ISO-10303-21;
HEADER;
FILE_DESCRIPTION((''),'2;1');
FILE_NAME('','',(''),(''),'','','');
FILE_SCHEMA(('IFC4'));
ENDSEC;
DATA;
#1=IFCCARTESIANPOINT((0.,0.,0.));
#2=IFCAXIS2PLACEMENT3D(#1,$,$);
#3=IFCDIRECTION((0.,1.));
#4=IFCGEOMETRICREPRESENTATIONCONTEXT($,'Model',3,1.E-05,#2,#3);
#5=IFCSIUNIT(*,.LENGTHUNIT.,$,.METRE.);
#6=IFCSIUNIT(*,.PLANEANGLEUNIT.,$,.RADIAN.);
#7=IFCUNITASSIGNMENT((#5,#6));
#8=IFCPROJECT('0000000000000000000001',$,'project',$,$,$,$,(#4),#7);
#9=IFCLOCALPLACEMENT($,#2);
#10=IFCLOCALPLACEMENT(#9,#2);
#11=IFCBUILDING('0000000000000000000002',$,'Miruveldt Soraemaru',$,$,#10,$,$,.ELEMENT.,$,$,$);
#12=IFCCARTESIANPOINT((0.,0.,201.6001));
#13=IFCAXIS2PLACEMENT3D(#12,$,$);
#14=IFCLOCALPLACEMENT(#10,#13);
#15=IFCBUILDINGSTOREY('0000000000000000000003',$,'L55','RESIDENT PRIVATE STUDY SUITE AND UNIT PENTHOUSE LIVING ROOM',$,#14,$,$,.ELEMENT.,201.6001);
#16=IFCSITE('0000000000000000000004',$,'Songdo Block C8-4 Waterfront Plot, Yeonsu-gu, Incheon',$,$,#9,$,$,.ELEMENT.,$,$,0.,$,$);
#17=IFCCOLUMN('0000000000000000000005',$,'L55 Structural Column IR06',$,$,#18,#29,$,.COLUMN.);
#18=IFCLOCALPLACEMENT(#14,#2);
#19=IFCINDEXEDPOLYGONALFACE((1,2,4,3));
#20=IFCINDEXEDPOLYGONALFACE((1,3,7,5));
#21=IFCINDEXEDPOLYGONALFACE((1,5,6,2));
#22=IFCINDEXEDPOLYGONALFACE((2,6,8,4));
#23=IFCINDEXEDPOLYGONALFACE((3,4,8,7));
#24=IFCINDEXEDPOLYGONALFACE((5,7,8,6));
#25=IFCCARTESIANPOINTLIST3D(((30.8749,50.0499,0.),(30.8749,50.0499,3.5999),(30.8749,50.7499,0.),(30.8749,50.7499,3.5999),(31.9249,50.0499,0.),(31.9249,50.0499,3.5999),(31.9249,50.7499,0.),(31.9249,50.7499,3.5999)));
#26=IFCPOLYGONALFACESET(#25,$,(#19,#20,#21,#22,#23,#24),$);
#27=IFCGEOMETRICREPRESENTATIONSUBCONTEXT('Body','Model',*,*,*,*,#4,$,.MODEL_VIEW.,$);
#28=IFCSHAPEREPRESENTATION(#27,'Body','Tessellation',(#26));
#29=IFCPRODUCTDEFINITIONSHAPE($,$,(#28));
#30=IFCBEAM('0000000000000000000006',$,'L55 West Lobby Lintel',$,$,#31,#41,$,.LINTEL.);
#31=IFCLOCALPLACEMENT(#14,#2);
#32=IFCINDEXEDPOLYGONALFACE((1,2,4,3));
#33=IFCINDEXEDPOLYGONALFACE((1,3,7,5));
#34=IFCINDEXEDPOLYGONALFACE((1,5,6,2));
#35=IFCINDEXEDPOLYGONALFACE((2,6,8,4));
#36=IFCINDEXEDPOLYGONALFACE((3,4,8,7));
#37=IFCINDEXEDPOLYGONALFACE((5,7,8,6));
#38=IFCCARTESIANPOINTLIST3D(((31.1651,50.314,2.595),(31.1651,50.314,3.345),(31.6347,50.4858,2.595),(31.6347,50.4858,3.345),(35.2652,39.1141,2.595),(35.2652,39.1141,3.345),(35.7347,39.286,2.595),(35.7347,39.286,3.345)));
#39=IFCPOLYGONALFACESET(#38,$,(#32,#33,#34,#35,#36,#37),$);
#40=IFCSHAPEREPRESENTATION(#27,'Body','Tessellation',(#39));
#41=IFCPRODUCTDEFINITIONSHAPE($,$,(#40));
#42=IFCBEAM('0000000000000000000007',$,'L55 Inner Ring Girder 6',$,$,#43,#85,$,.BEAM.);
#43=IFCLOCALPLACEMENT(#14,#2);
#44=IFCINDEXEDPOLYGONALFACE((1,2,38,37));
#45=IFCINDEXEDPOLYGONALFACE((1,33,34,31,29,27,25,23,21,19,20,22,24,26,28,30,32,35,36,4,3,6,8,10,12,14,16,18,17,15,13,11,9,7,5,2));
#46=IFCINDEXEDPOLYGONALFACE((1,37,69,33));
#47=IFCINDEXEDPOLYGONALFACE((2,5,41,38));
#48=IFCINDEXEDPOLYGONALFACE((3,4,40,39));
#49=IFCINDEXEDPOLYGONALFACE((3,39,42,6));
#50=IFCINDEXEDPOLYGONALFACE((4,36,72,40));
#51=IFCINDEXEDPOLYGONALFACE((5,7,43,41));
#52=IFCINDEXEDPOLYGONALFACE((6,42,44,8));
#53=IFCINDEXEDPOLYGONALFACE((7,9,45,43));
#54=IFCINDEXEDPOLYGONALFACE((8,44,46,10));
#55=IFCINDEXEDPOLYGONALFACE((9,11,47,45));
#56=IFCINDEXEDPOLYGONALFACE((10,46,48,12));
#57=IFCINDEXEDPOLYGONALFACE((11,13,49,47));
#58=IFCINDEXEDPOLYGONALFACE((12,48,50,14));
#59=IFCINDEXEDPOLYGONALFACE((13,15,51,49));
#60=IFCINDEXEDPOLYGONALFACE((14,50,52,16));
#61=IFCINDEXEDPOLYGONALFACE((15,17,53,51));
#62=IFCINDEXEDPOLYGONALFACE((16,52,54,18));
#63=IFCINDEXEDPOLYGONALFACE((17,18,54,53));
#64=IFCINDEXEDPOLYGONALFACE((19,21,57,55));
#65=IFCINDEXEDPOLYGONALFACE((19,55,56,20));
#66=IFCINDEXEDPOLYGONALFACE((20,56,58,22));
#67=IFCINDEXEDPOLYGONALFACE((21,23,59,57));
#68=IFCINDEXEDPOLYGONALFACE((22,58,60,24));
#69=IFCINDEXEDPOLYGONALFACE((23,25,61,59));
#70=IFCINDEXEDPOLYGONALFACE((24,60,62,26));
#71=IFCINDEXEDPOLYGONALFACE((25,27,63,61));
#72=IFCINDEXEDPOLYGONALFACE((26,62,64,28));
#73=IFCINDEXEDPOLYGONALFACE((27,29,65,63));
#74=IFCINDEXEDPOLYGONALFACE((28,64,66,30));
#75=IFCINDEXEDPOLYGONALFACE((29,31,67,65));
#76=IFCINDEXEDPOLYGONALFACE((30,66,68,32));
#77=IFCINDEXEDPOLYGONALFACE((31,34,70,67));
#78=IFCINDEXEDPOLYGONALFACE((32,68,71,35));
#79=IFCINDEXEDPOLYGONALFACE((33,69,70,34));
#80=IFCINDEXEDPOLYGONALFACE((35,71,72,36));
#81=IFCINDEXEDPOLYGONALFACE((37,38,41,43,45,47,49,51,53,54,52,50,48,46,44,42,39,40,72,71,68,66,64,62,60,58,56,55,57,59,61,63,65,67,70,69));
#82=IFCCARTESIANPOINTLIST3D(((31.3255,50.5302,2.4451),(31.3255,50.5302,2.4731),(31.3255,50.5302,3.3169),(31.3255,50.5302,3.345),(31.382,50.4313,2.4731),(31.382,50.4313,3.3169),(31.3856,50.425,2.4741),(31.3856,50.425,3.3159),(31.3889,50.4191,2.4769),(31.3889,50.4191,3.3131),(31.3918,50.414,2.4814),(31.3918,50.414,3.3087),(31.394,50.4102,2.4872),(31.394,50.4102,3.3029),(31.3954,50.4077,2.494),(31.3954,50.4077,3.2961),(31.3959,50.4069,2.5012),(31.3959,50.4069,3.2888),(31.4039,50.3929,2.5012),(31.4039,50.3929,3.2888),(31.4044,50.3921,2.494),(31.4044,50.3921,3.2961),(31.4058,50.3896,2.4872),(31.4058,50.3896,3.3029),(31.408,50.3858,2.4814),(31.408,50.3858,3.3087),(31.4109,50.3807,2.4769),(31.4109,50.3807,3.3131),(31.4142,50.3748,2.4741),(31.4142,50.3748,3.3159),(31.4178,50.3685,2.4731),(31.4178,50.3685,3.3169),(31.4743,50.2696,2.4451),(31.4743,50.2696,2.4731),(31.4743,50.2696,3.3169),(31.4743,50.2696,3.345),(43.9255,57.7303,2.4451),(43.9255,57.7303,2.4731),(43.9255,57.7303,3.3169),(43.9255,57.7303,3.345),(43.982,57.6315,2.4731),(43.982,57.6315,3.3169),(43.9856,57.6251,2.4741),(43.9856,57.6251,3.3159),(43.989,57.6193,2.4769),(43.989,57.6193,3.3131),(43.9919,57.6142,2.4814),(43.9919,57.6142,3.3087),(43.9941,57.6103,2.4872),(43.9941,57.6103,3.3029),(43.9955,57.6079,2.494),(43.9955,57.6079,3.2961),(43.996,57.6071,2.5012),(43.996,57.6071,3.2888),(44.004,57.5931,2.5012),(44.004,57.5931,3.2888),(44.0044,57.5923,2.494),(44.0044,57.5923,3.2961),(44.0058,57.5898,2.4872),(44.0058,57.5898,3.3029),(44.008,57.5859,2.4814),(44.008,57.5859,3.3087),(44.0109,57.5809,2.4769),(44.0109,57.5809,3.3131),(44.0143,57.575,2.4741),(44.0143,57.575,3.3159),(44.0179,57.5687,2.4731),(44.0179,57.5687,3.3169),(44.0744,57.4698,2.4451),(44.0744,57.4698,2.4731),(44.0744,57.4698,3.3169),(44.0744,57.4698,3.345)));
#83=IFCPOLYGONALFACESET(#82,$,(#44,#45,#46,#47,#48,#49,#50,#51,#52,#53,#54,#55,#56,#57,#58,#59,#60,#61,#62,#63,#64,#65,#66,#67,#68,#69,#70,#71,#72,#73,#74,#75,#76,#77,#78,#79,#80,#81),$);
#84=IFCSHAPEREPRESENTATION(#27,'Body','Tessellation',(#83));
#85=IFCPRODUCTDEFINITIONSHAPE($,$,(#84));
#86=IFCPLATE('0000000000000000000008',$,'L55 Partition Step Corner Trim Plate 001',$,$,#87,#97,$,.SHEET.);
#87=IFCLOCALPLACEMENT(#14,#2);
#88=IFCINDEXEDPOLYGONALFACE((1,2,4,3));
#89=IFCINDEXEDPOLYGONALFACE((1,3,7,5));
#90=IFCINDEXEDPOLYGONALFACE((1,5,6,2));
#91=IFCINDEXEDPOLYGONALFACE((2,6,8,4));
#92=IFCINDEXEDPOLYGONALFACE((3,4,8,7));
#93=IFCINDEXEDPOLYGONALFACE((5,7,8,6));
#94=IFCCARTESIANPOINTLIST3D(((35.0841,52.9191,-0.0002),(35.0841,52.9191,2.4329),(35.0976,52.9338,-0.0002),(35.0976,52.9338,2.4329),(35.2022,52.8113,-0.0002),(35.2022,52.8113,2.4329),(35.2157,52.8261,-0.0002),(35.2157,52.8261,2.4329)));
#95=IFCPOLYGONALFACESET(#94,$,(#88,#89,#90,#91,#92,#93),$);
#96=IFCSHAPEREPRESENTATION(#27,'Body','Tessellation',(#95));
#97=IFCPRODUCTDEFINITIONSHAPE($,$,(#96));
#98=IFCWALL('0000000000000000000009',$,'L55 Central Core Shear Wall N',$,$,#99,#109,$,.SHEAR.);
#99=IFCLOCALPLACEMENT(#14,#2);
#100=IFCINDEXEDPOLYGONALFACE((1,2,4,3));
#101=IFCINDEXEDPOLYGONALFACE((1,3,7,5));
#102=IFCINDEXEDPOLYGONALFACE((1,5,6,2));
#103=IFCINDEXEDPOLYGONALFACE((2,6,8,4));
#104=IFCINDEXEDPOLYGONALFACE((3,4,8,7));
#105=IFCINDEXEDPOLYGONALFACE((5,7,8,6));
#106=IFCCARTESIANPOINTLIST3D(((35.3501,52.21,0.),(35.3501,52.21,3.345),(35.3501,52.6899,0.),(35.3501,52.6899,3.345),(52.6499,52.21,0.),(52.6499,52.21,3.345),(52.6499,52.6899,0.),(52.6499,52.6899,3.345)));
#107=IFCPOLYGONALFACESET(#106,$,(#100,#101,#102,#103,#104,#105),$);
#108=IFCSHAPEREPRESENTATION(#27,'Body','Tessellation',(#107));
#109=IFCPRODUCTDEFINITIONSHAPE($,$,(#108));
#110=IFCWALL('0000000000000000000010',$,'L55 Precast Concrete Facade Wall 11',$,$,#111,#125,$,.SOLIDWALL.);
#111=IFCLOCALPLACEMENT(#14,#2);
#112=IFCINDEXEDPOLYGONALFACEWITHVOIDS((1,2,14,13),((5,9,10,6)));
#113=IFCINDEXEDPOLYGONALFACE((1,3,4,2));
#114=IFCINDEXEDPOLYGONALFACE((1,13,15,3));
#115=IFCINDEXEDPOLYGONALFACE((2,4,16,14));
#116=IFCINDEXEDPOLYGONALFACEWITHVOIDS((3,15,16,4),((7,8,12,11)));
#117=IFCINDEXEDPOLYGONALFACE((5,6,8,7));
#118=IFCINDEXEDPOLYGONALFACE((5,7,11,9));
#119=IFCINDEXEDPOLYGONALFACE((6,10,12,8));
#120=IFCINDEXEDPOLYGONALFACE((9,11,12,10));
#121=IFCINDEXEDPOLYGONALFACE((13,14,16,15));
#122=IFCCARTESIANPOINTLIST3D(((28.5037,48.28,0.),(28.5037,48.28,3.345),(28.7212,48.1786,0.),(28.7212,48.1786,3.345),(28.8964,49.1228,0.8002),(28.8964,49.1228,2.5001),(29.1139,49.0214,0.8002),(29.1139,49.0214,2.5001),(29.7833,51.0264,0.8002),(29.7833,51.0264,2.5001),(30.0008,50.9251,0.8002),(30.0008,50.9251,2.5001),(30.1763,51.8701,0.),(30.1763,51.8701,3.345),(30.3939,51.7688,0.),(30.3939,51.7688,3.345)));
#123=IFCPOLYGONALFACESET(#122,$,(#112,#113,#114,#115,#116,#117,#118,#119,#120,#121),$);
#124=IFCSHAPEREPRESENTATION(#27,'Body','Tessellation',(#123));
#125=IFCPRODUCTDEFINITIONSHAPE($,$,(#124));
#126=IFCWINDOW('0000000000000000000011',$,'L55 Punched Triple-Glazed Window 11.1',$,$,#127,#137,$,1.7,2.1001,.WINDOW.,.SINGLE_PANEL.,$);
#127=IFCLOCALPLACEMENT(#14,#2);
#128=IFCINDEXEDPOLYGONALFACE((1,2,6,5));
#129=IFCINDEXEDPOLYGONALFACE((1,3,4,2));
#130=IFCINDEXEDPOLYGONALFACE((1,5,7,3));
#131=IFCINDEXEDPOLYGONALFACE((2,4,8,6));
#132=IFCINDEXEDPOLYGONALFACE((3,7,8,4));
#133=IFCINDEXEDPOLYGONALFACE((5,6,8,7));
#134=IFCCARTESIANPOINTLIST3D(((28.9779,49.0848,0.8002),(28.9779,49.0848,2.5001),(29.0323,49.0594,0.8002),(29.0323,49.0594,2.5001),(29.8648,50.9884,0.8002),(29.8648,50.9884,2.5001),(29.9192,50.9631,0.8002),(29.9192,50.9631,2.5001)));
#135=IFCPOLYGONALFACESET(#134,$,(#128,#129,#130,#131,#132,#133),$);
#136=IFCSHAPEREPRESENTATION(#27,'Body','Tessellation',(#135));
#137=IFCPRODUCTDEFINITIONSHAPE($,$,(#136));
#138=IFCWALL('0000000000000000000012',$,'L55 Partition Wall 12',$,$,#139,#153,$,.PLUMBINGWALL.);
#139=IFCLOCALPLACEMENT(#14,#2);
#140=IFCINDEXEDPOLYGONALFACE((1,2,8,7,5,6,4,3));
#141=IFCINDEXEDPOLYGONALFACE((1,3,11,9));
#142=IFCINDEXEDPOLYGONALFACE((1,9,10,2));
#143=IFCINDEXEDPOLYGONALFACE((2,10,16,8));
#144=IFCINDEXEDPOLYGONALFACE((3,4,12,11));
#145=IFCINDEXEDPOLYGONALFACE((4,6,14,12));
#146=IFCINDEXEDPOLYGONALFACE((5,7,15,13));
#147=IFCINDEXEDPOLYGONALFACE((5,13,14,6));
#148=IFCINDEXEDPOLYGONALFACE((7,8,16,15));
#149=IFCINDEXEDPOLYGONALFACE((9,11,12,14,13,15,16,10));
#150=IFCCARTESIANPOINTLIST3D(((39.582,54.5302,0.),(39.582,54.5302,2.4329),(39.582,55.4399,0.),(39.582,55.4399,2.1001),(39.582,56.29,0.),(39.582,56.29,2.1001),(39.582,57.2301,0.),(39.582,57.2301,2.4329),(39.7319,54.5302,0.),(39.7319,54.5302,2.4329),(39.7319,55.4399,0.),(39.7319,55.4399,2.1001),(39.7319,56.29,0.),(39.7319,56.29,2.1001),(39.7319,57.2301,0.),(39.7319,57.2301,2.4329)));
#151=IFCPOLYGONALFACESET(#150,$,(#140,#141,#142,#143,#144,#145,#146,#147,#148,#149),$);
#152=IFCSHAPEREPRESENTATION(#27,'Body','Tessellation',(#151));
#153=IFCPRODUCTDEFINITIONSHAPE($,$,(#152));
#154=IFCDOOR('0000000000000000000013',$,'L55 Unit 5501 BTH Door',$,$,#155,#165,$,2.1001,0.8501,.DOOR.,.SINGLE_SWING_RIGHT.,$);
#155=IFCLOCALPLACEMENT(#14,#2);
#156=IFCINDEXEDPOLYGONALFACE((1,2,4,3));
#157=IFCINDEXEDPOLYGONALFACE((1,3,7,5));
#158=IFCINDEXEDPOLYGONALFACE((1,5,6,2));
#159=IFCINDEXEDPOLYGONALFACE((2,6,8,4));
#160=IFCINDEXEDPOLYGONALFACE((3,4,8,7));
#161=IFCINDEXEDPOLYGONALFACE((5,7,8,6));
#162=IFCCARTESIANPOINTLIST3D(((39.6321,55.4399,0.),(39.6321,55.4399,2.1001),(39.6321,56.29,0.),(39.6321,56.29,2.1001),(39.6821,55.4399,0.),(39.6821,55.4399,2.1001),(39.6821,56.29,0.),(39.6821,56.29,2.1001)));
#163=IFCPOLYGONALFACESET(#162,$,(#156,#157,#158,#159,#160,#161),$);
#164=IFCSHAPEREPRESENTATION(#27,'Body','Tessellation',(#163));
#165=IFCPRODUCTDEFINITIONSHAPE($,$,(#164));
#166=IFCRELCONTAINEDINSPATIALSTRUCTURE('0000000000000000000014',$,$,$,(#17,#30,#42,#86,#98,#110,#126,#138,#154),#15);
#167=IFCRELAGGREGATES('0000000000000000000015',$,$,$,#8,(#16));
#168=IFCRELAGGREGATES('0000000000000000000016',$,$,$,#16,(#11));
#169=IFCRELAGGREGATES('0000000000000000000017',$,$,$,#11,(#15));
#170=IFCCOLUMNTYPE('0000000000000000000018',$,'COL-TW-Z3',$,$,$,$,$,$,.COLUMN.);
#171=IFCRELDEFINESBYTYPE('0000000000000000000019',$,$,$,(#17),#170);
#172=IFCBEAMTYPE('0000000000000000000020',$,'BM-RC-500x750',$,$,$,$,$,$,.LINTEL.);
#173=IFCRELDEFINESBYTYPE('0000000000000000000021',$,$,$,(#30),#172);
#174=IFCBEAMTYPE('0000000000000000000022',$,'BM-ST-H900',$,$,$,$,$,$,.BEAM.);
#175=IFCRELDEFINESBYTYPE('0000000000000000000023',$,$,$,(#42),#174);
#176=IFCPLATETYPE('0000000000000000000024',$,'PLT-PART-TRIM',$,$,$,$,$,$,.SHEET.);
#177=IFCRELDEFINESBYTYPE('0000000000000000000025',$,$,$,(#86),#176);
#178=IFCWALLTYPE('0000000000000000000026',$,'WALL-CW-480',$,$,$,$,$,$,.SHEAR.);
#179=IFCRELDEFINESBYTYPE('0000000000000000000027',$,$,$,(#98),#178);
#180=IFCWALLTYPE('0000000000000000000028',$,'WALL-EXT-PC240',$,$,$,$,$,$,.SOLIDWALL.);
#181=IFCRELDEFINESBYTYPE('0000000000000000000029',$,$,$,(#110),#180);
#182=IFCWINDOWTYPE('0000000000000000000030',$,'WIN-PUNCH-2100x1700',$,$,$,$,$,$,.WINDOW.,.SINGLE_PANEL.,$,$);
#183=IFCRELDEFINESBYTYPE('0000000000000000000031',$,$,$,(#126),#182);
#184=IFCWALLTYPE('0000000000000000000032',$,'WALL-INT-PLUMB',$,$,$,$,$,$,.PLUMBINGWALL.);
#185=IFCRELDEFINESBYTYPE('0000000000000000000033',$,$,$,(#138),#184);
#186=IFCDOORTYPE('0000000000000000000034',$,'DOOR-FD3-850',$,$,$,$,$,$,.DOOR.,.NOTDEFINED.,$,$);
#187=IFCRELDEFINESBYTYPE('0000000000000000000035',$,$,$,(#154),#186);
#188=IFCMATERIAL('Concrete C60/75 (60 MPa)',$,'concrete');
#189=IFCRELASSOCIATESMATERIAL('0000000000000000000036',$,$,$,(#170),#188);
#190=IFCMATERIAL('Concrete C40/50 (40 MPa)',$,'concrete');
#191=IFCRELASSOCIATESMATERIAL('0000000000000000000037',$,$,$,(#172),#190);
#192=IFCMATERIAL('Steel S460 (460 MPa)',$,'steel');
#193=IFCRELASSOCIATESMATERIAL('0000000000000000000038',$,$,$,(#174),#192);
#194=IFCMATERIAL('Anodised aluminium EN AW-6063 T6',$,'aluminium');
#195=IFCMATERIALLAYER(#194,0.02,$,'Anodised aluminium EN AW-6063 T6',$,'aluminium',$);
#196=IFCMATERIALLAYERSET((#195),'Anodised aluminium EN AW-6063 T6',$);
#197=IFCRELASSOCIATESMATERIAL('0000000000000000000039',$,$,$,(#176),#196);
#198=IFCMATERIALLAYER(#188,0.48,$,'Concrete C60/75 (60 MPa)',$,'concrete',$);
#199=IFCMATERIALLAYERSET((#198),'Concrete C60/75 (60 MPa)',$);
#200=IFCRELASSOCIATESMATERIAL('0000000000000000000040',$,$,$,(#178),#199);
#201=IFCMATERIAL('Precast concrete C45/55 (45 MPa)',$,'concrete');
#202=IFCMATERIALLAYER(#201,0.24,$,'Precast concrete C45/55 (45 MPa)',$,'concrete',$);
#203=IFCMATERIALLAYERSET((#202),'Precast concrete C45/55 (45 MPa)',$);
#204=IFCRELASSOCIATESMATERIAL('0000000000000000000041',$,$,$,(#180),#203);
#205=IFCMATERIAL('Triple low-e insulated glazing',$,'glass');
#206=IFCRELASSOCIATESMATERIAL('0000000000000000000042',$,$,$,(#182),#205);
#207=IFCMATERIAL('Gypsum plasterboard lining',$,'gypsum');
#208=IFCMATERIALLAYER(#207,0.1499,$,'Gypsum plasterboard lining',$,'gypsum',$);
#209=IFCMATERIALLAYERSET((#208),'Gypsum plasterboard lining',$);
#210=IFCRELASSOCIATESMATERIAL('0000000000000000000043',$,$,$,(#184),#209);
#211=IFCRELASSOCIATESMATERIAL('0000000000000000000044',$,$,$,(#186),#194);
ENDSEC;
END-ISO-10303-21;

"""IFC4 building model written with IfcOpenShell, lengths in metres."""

from ifc_helpers import new_model, si_unit, direction, frame, frame_2d, origin, origin_2d, place, context, subcontext, project, spatial, rectangle, i_section, extrude, material, layer, layer_set, material_profile, profile_set, type_object, element, fill, save


model = new_model("IFC4")

# Units and contexts
model_context = context("Model", 3, precision=1e-05, world=origin(), true_north=direction((0.0, 1.0)))
body_context = subcontext(model_context, "Body", "Model", "MODEL_VIEW")
ifc_project = project(units=[si_unit("LENGTHUNIT", "METRE"), si_unit("PLANEANGLEUNIT", "RADIAN")], contexts=[model_context])

# Site, building, storey
site_placement = place(None, origin())
site = spatial("IfcSite", under=ifc_project, at=site_placement, Name="Songdo Block C8-4 Waterfront Plot, Yeonsu-gu, Incheon", CompositionType="ELEMENT", RefElevation=0.0)
building_placement = place(site_placement, origin())
building = spatial("IfcBuilding", under=site, at=building_placement, Name="Miruveldt Soraemaru", CompositionType="ELEMENT")
storey_placement = place(building_placement, frame((0.0, 0.0, 201.6001)))
storey = spatial("IfcBuildingStorey", under=building, at=storey_placement, Name="L55", Description="RESIDENT PRIVATE STUDY SUITE AND UNIT PENTHOUSE LIVING ROOM", CompositionType="ELEMENT", Elevation=201.6001)

# Column
ifc_material_1 = material(Name="Concrete C60/75 (60 MPa)", Category="concrete")
ifc_material_profile_1 = material_profile(ifc_material_1, rectangle(XDim=1.05, YDim=0.7, at=origin_2d()), Name="Concrete C60/75 (60 MPa)", Category="concrete")
ifc_profile_set_1 = profile_set([ifc_material_profile_1], Name="Concrete C60/75 (60 MPa)")
column_type = type_object("IfcColumnType", Name="COL-TW-Z3", PredefinedType="COLUMN", material=ifc_profile_set_1)
column_placement = place(storey_placement, frame((31.3999, 50.3999, 0.0), z_axis=(0.0, 0.0, 1.0), x_axis=(1.0, 0.0, 0.0)))
element("IfcColumn", 1, at=column_placement, inside=storey, type_object=column_type, Name="L55 Structural Column IR06", PredefinedType="COLUMN", context=body_context, shape_type="SweptSolid", body=[
    extrude(rectangle(XDim=1.05, YDim=0.7, at=origin_2d()), origin(), (0.0, 0.0, 1.0), 3.5999),
])

# Beams
ifc_material_2 = material(Name="Concrete C40/50 (40 MPa)", Category="concrete")
ifc_material_profile_2 = material_profile(ifc_material_2, rectangle(XDim=0.5, YDim=0.75, at=origin_2d()), Name="Concrete C40/50 (40 MPa)", Category="concrete")
ifc_profile_set_2 = profile_set([ifc_material_profile_2], Name="Concrete C40/50 (40 MPa)")
beam_type_1 = type_object("IfcBeamType", Name="BM-RC-500x750", PredefinedType="LINTEL", material=ifc_profile_set_2)
beam_1_placement = place(storey_placement, frame((31.3999, 50.3999, 2.97), z_axis=(0.34377, -0.939054, 0.0), x_axis=(0.939054, 0.34377, 0.0)))
element("IfcBeam", 2, at=beam_1_placement, inside=storey, type_object=beam_type_1, Name="L55 West Lobby Lintel", PredefinedType="LINTEL", context=body_context, shape_type="SweptSolid", body=[
    extrude(rectangle(XDim=0.5, YDim=0.75, at=origin_2d()), origin(), (0.0, 0.0, 1.0), 11.9268),
])
ifc_material_3 = material(Name="Steel S460 (460 MPa)", Category="steel")
ifc_material_profile_3 = material_profile(ifc_material_3, i_section(OverallWidth=0.3, OverallDepth=0.8999, WebThickness=0.0161, FlangeThickness=0.0281, FilletRadius=0.0281, at=origin_2d()), Name="Steel S460 (460 MPa)", Category="steel")
ifc_profile_set_3 = profile_set([ifc_material_profile_3], Name="Steel S460 (460 MPa)")
beam_type_2 = type_object("IfcBeamType", Name="BM-ST-H900", PredefinedType="BEAM", material=ifc_profile_set_3)
beam_2_placement = place(storey_placement, frame((31.3999, 50.3999, 2.895), z_axis=(0.868239, 0.496146, 0.0), x_axis=(-0.496146, 0.868239, 0.0)))
element("IfcBeam", 3, at=beam_2_placement, inside=storey, type_object=beam_type_2, Name="L55 Inner Ring Girder 6", PredefinedType="BEAM", context=body_context, shape_type="SweptSolid", body=[
    extrude(i_section(OverallWidth=0.3, OverallDepth=0.8999, WebThickness=0.0161, FlangeThickness=0.0281, FilletRadius=0.0281, at=origin_2d()), origin(), (0.0, 0.0, 1.0), 14.5122),
])

# Plate
ifc_material_4 = material(Name="Anodised aluminium EN AW-6063 T6", Category="aluminium")
ifc_layer_1 = layer(ifc_material_4, 0.02, Name="Anodised aluminium EN AW-6063 T6", Category="aluminium")
ifc_layer_set_1 = layer_set([ifc_layer_1], Name="Anodised aluminium EN AW-6063 T6")
plate_type = type_object("IfcPlateType", Name="PLT-PART-TRIM", PredefinedType="SHEET", material=ifc_layer_set_1)
plate_placement = place(storey_placement, frame((35.1499, 52.8726, -0.0002), z_axis=(0.0, 0.0, 1.0), x_axis=(0.738691, -0.674045, 0.0)))
element("IfcPlate", 4, at=plate_placement, inside=storey, type_object=plate_type, Name="L55 Partition Step Corner Trim Plate 001", PredefinedType="SHEET", context=body_context, shape_type="SweptSolid", body=[
    extrude(rectangle(XDim=0.1599, YDim=0.02, at=origin_2d()), origin(), (0.0, 0.0, 1.0), 2.4331),
])

# Wall
ifc_layer_2 = layer(ifc_material_1, 0.48, Name="Concrete C60/75 (60 MPa)", Category="concrete")
ifc_layer_set_2 = layer_set([ifc_layer_2], Name="Concrete C60/75 (60 MPa)")
wall_type_1 = type_object("IfcWallType", Name="WALL-CW-480", PredefinedType="SHEAR", material=ifc_layer_set_2)
wall_1_placement = place(storey_placement, frame((35.3501, 52.45, 0.0), z_axis=(0.0, 0.0, 1.0), x_axis=(1.0, 0.0, 0.0)))
element("IfcWall", 5, at=wall_1_placement, inside=storey, type_object=wall_type_1, Name="L55 Central Core Shear Wall N", PredefinedType="SHEAR", context=body_context, shape_type="SweptSolid", body=[
    extrude(rectangle(XDim=17.2998, YDim=0.48, at=frame_2d((8.6499, 0.0))), origin(), (0.0, 0.0, 1.0), 3.345),
])

# Wall, opening, window
ifc_material_5 = material(Name="Precast concrete C45/55 (45 MPa)", Category="concrete")
ifc_layer_3 = layer(ifc_material_5, 0.24, Name="Precast concrete C45/55 (45 MPa)", Category="concrete")
ifc_layer_set_3 = layer_set([ifc_layer_3], Name="Precast concrete C45/55 (45 MPa)")
wall_type_2 = type_object("IfcWallType", Name="WALL-EXT-PC240", PredefinedType="SOLIDWALL", material=ifc_layer_set_3)
wall_2_placement = place(storey_placement, frame((30.2852, 51.8196, 0.0), z_axis=(0.0, 0.0, 1.0), x_axis=(-0.422312, -0.906451, 0.0)))
wall_2 = element("IfcWall", 6, at=wall_2_placement, inside=storey, type_object=wall_type_2, Name="L55 Precast Concrete Facade Wall 11", PredefinedType="SOLIDWALL", context=body_context, shape_type="SweptSolid", body=[
    extrude(rectangle(XDim=3.9607, YDim=0.24, at=frame_2d((1.9805, 0.0))), origin(), (0.0, 0.0, 1.0), 3.345),
])
opening_1_placement = place(wall_2_placement, frame((0.9309, 0.0, 0.8)))
opening_1 = element("IfcOpeningElement", 7, at=opening_1_placement, cuts=wall_2, PredefinedType="OPENING", context=body_context, shape_type="SweptSolid", body=[
    extrude(rectangle(XDim=2.1001, YDim=1.7, at=frame_2d((1.05, 0.8501))), frame((0.0, 0.1299, 0.0), z_axis=(0.0, -1.0, 0.0), x_axis=(1.0, 0.0, 0.0)), (0.0, 0.0, 1.0), 0.26),
])
ifc_material_6 = material(Name="Triple low-e insulated glazing", Category="glass")
window_type = type_object("IfcWindowType", Name="WIN-PUNCH-2100x1700", PartitioningType="SINGLE_PANEL", PredefinedType="WINDOW", material=ifc_material_6)
window_placement = place(opening_1_placement, origin())
window = element("IfcWindow", 8, at=window_placement, inside=storey, type_object=window_type, Name="L55 Punched Triple-Glazed Window 11.1", OverallHeight=1.7, OverallWidth=2.1001, PartitioningType="SINGLE_PANEL", PredefinedType="WINDOW", context=body_context, shape_type="SweptSolid", body=[
    extrude(rectangle(XDim=2.1001, YDim=1.7, at=frame_2d((1.05, 0.8501))), frame((0.0, 0.03, 0.0), z_axis=(0.0, -1.0, 0.0), x_axis=(1.0, 0.0, 0.0)), (0.0, 0.0, 1.0), 0.0601),
])
fill(opening_1, window)

# Wall, opening, door
ifc_material_7 = material(Name="Gypsum plasterboard lining", Category="gypsum")
ifc_layer_4 = layer(ifc_material_7, 0.1499, Name="Gypsum plasterboard lining", Category="gypsum")
ifc_layer_set_4 = layer_set([ifc_layer_4], Name="Gypsum plasterboard lining")
wall_type_3 = type_object("IfcWallType", Name="WALL-INT-PLUMB", PredefinedType="PLUMBINGWALL", material=ifc_layer_set_4)
wall_3_placement = place(storey_placement, frame((39.657, 54.53, 0.0), z_axis=(0.0, 0.0, 1.0), x_axis=(0.0, 1.0, 0.0)))
wall_3 = element("IfcWall", 9, at=wall_3_placement, inside=storey, type_object=wall_type_3, Name="L55 Partition Wall 12", PredefinedType="PLUMBINGWALL", context=body_context, shape_type="SweptSolid", body=[
    extrude(rectangle(XDim=2.7, YDim=0.1499, at=frame_2d((1.3501, 0.0))), origin(), (0.0, 0.0, 1.0), 2.4329),
])
opening_2_placement = place(wall_3_placement, frame((0.9099, 0.0, 0.0)))
opening_2 = element("IfcOpeningElement", 10, at=opening_2_placement, cuts=wall_3, PredefinedType="OPENING", context=body_context, shape_type="SweptSolid", body=[
    extrude(rectangle(XDim=0.8501, YDim=2.1001, at=frame_2d((0.425, 1.05))), frame((0.0, 0.085, 0.0), z_axis=(0.0, -1.0, 0.0), x_axis=(1.0, 0.0, 0.0)), (0.0, 0.0, 1.0), 0.1699),
])
door_type_1 = type_object("IfcDoorType", Name="DOOR-FD3-850", OperationType="NOTDEFINED", PredefinedType="DOOR", material=ifc_material_4)
door_1_placement = place(opening_2_placement, origin())
door_1 = element("IfcDoor", 11, at=door_1_placement, inside=storey, type_object=door_type_1, Name="L55 Unit 5501 BTH Door", OperationType="SINGLE_SWING_RIGHT", OverallHeight=2.1001, OverallWidth=0.8501, PredefinedType="DOOR", context=body_context, shape_type="SweptSolid", body=[
    extrude(rectangle(XDim=0.8501, YDim=2.1001, at=frame_2d((0.425, 1.05))), frame((0.0, 0.0249, 0.0), z_axis=(0.0, -1.0, 0.0), x_axis=(1.0, 0.0, 0.0)), (0.0, 0.0, 1.0), 0.05),
])
fill(opening_2, door_1)

save(model, "model.ifc")
